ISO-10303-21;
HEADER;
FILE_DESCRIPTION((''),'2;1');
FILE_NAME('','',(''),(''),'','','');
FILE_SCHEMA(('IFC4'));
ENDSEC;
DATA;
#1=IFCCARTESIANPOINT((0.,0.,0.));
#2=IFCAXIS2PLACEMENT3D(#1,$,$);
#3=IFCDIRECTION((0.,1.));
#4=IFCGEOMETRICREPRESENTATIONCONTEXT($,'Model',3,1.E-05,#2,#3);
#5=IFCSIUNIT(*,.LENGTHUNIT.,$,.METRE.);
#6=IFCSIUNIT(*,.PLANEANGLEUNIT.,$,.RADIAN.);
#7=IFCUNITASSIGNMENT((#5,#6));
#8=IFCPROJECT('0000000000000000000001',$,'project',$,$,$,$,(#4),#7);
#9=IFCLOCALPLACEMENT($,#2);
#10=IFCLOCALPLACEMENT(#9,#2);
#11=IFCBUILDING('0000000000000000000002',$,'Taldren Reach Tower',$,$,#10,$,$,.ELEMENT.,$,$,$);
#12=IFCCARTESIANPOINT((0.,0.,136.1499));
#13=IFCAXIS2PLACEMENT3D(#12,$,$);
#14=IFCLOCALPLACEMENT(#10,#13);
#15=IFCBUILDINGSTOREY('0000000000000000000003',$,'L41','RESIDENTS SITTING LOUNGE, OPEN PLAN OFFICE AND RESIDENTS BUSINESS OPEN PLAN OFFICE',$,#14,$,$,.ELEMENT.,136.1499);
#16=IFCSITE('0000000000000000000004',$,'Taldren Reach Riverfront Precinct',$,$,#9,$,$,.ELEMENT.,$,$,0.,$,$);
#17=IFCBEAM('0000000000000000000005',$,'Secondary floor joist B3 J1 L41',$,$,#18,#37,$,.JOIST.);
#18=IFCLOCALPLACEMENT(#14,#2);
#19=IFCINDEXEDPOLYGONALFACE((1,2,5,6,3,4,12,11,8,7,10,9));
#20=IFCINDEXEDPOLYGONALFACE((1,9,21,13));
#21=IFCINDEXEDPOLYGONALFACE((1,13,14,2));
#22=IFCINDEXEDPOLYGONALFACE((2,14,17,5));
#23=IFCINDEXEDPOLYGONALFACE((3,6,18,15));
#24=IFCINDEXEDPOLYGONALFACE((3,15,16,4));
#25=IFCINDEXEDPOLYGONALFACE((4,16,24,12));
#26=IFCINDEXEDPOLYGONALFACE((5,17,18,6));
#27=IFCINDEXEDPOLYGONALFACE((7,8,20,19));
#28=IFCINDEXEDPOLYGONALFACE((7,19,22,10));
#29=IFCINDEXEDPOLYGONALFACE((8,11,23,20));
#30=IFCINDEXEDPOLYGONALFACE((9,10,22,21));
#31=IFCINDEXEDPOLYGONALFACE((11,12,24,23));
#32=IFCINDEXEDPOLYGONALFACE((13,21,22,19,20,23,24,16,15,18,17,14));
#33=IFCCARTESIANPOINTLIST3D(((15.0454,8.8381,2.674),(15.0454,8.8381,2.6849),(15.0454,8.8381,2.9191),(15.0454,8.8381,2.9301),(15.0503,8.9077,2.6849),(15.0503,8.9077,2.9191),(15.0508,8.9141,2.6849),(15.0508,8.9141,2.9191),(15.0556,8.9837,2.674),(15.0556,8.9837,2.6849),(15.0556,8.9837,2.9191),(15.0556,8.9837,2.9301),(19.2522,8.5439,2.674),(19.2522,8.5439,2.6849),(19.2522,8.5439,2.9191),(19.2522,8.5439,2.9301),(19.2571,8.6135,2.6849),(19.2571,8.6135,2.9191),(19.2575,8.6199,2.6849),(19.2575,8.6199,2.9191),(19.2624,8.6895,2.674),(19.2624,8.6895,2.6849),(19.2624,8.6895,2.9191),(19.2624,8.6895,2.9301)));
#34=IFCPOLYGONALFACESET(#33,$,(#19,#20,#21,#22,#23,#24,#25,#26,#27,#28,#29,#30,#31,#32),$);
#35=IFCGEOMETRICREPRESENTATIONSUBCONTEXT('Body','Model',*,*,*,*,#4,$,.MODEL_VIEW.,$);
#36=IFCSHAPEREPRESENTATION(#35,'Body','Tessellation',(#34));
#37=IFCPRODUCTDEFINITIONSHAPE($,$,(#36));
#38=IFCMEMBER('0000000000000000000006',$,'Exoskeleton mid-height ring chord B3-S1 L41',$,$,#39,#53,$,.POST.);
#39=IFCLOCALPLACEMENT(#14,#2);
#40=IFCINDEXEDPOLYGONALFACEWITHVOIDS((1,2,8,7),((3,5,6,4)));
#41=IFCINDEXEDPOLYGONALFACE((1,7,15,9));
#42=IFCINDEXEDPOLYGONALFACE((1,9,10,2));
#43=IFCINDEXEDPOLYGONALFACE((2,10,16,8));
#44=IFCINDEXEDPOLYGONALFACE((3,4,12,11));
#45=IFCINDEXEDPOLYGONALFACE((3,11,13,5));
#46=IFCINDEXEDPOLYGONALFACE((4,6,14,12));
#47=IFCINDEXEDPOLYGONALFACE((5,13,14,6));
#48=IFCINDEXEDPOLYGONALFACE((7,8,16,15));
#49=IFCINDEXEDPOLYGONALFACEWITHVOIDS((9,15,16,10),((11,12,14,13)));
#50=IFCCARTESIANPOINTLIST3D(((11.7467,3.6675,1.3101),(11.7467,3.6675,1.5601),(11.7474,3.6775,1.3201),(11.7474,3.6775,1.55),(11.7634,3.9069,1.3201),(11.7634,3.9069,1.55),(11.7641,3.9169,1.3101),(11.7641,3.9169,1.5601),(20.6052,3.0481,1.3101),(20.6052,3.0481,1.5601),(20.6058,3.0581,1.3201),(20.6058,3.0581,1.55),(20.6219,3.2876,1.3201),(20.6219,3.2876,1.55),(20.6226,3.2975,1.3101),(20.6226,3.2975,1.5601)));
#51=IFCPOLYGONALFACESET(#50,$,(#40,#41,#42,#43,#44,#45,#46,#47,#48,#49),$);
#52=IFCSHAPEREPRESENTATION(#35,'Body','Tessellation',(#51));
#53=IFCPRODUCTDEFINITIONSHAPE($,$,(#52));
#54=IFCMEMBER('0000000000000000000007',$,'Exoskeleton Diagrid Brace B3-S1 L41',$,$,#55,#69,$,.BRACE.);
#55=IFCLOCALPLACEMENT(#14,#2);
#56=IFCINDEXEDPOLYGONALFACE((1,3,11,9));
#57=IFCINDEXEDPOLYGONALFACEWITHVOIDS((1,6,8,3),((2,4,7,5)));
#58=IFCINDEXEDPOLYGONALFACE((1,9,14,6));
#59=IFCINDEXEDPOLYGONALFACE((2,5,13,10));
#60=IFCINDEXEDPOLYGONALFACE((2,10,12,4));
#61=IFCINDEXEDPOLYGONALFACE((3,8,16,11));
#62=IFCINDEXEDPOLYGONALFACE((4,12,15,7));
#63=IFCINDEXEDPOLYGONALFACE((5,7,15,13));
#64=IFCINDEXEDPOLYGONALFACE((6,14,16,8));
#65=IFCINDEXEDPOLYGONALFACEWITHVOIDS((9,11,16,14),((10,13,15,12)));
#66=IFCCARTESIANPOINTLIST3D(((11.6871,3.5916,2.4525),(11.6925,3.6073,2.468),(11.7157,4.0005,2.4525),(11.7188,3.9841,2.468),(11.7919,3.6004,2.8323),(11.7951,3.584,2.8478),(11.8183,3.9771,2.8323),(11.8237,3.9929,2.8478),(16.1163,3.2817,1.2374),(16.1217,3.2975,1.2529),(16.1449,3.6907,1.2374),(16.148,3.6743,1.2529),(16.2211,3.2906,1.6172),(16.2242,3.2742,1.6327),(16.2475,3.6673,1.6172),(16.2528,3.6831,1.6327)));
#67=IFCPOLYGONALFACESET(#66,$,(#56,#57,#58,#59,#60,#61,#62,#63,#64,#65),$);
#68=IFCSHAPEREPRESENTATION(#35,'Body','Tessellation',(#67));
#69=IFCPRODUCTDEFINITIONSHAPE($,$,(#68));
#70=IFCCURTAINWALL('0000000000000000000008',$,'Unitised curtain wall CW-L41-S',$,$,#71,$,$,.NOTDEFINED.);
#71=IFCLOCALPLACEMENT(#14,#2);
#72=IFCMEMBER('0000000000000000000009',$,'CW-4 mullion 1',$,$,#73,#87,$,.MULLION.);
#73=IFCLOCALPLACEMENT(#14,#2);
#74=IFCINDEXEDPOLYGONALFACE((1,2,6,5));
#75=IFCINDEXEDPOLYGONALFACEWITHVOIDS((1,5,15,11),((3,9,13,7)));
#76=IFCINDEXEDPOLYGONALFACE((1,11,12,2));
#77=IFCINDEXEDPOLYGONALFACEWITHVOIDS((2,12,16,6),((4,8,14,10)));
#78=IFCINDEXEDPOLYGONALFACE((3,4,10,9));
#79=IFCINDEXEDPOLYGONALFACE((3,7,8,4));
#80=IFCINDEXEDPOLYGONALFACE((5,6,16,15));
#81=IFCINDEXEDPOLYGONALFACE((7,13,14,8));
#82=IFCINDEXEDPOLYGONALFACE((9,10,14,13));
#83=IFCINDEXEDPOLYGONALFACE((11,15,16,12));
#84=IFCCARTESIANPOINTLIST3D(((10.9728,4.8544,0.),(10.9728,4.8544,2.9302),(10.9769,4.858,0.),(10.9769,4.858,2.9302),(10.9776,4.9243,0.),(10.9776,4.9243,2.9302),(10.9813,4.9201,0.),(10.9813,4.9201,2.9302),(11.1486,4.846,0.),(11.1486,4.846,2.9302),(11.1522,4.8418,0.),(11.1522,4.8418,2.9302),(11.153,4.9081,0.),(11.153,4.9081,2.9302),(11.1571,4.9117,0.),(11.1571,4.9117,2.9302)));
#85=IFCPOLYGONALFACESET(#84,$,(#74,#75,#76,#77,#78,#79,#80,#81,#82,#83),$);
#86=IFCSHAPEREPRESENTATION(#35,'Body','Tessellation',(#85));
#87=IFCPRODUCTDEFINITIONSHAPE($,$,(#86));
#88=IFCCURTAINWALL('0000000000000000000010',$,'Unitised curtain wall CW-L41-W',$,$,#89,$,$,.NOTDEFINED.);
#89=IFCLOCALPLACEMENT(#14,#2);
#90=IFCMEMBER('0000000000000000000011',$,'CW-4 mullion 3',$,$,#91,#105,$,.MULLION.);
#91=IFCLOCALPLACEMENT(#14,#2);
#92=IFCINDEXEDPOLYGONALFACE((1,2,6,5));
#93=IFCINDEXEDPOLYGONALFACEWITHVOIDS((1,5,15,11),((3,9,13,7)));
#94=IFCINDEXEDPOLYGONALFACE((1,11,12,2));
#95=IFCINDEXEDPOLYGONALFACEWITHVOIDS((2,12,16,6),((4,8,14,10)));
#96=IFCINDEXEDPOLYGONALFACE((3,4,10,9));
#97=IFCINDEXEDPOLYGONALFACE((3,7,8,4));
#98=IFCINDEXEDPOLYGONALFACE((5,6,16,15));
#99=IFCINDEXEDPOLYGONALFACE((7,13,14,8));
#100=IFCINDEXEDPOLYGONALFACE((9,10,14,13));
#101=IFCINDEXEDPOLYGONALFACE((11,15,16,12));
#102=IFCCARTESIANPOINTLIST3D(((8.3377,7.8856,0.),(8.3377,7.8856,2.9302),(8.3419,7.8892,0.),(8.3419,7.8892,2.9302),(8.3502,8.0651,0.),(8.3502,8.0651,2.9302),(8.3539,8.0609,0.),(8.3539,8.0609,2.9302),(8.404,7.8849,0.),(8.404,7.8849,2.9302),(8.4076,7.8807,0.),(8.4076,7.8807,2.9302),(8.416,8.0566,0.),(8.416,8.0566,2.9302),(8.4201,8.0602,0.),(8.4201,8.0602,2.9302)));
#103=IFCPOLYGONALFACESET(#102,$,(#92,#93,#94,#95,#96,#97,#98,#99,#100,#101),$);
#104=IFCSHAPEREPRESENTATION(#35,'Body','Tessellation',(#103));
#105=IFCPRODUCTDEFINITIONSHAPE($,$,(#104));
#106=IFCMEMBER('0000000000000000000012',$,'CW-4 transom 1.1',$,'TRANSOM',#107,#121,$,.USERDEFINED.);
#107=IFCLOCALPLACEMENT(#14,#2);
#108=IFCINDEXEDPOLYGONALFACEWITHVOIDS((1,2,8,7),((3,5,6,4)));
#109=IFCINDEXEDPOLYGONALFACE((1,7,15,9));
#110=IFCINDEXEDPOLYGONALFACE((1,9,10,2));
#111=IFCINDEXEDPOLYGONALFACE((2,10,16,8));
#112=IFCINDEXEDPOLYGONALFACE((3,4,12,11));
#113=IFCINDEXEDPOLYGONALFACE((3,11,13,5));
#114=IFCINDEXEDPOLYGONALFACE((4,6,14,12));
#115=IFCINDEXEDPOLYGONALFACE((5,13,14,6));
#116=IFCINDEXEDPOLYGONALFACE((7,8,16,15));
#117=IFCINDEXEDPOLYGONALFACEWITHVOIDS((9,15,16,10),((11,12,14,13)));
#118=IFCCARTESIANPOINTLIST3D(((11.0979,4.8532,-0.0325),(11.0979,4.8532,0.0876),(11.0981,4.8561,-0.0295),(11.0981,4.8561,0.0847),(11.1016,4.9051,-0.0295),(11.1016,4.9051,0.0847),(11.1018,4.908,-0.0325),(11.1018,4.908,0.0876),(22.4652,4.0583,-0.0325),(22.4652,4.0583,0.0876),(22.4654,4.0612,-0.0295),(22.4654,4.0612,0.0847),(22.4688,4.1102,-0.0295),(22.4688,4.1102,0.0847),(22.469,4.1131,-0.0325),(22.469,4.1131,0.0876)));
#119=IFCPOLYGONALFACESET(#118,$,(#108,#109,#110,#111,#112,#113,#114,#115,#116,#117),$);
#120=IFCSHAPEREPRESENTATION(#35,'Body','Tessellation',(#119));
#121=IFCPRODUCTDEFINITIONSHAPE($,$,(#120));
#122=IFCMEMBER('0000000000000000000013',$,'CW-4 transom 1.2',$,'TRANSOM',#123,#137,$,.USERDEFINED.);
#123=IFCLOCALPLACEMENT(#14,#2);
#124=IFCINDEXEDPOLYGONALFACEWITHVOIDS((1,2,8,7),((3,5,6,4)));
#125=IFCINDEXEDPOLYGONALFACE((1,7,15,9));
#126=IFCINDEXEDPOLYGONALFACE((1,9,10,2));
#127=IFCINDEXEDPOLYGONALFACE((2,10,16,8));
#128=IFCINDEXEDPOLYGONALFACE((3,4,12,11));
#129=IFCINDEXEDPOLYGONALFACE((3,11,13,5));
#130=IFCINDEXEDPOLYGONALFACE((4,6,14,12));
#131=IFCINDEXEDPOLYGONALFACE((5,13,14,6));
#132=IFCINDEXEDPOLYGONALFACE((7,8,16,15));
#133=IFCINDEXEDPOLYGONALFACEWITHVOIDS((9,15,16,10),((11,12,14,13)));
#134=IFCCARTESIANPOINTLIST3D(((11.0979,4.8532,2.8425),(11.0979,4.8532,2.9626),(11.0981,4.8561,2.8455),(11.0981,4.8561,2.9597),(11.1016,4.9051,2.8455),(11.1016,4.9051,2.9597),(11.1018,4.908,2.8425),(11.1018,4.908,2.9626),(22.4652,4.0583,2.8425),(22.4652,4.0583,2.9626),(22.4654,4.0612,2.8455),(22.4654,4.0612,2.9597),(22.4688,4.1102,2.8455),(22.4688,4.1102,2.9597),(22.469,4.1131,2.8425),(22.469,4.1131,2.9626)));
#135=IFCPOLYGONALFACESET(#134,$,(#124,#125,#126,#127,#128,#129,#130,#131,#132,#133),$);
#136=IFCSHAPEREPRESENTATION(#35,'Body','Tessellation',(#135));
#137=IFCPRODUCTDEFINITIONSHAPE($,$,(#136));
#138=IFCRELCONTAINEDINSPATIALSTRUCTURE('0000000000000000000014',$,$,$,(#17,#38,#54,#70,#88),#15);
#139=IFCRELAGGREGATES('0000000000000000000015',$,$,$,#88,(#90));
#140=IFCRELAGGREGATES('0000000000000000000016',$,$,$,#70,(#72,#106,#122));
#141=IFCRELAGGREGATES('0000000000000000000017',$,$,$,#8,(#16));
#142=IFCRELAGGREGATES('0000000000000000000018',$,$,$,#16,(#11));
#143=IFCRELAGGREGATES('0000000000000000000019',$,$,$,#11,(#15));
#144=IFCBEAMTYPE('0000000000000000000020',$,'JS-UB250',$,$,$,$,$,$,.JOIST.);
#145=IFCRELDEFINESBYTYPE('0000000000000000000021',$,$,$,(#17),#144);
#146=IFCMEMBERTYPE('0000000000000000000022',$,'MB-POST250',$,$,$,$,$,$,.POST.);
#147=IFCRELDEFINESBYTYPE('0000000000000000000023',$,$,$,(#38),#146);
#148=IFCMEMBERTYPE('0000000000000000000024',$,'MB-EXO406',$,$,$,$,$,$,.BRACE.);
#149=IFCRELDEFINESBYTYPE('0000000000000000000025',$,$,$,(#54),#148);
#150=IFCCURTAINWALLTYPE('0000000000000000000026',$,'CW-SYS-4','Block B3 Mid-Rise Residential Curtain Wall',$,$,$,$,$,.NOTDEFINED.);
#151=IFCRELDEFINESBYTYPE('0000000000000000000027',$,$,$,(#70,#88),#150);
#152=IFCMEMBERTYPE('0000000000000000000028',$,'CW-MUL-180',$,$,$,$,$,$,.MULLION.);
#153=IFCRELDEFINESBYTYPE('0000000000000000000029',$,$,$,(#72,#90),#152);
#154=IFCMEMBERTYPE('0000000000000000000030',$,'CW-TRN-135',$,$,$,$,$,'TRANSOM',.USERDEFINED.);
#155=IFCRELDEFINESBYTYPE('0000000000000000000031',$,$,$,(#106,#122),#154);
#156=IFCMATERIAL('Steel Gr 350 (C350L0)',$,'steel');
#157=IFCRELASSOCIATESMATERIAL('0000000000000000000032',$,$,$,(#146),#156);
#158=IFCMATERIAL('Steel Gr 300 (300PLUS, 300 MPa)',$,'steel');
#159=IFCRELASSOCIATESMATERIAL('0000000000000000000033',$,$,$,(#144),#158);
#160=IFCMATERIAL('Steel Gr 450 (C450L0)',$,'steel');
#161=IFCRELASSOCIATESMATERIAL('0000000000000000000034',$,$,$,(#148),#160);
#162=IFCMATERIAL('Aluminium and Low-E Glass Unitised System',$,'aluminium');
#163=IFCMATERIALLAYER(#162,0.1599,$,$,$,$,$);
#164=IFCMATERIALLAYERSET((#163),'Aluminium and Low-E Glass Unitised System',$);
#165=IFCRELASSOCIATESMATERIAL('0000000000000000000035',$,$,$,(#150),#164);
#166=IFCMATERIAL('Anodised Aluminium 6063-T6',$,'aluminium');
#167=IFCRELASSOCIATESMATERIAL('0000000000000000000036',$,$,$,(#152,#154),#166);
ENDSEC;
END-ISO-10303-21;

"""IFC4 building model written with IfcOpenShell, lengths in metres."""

from ifc_helpers import new_model, si_unit, direction, frame, origin, origin_2d, place, context, subcontext, project, spatial, hollow_rectangle, i_section, extrude, source, transform, mapped, material, layer, layer_set, material_profile, profile_set, type_object, element, aggregate, save


model = new_model("IFC4")

# Units and contexts
model_context = context("Model", 3, precision=1e-05, world=origin(), true_north=direction((0.0, 1.0)))
body_context = subcontext(model_context, "Body", "Model", "MODEL_VIEW")
ifc_project = project(units=[si_unit("LENGTHUNIT", "METRE"), si_unit("PLANEANGLEUNIT", "RADIAN")], contexts=[model_context])

# Site, building, storey
site_placement = place(None, origin())
site = spatial("IfcSite", under=ifc_project, at=site_placement, Name="Taldren Reach Riverfront Precinct", CompositionType="ELEMENT", RefElevation=0.0)
building_placement = place(site_placement, origin())
building = spatial("IfcBuilding", under=site, at=building_placement, Name="Taldren Reach Tower", CompositionType="ELEMENT")
storey_placement = place(building_placement, frame((0.0, 0.0, 136.1499)))
storey = spatial("IfcBuildingStorey", under=building, at=storey_placement, Name="L41", Description="RESIDENTS SITTING LOUNGE, OPEN PLAN OFFICE AND RESIDENTS BUSINESS OPEN PLAN OFFICE", CompositionType="ELEMENT", Elevation=136.1499)

# Shared definitions
ifc_material_1 = material(Name="Steel Gr 450 (C450L0)", Category="steel")

# Shared definitions
ifc_material_2 = material(Name="Steel Gr 350 (C350L0)", Category="steel")
ifc_material_profile_1 = material_profile(ifc_material_2, hollow_rectangle(XDim=0.25, YDim=0.25, WallThickness=0.01, at=origin_2d()), Name="250x250x10.0SHS")
ifc_profile_set_1 = profile_set([ifc_material_profile_1], Name="Steel Gr 350 (C350L0)")
member_type_1 = type_object("IfcMemberType", Name="MB-POST250", PredefinedType="POST", material=ifc_profile_set_1)

# Beam
ifc_material_3 = material(Name="Steel Gr 300 (300PLUS, 300 MPa)", Category="steel")
ifc_material_profile_2 = material_profile(ifc_material_3, i_section(OverallWidth=0.146, OverallDepth=0.2561, WebThickness=0.0063, FlangeThickness=0.011, at=origin_2d()), Name="250UB37.3")
ifc_profile_set_2 = profile_set([ifc_material_profile_2], Name="Steel Gr 300 (300PLUS, 300 MPa)")
beam_type_1 = type_object("IfcBeamType", Name="JS-UB250", PredefinedType="JOIST", material=ifc_profile_set_2)
shared_shape_1 = source(origin(), body_context, "Body", "SweptSolid", [
    extrude(i_section(OverallWidth=0.146, OverallDepth=0.2561, WebThickness=0.0063, FlangeThickness=0.011, at=origin_2d()), origin(), (0.0, 0.0, 1.0), 4.217),
])
beam_1_placement = place(storey_placement, frame((15.0505, 8.9109, 2.802), z_axis=(0.997564, -0.069762, 0.0), x_axis=(0.069762, 0.997564, 0.0)))
element("IfcBeam", 1, at=beam_1_placement, inside=storey, type_object=beam_type_1, Name="Secondary floor joist B3 J1 L41", PredefinedType="JOIST", context=body_context, shape_type="MappedRepresentation", body=[
    mapped(shared_shape_1, transform((0.0, 0.0, 0.0), scale=1.0)),
])

# Members
shared_shape_2 = source(origin(), body_context, "Body", "SweptSolid", [
    extrude(hollow_rectangle(XDim=0.25, YDim=0.25, WallThickness=0.01, at=origin_2d()), origin(), (0.0, 0.0, 1.0), 8.8801),
])
member_1_placement = place(storey_placement, frame((11.7554, 3.7922, 1.4351), z_axis=(0.997564, -0.06975, 0.0), x_axis=(0.06975, 0.997564, 0.0)))
element("IfcMember", 2, at=member_1_placement, inside=storey, type_object=member_type_1, Name="Exoskeleton mid-height ring chord B3-S1 L41", PredefinedType="POST", context=body_context, shape_type="MappedRepresentation", body=[
    mapped(shared_shape_2, transform((0.0, 0.0, 0.0), scale=1.0)),
])
ifc_material_profile_3 = material_profile(ifc_material_1, hollow_rectangle(XDim=0.4099, YDim=0.4099, WallThickness=0.0161, at=origin_2d()), Name="410x410x16.0SHS")
ifc_profile_set_3 = profile_set([ifc_material_profile_3], Name="Steel Gr 450 (C450L0)")
member_type_2 = type_object("IfcMemberType", Name="MB-EXO406", PredefinedType="BRACE", material=ifc_profile_set_3)
shared_shape_3 = source(origin(), body_context, "Body", "SweptSolid", [
    extrude(hollow_rectangle(XDim=0.4099, YDim=0.4099, WallThickness=0.0161, at=origin_2d()), origin(), (0.0, 0.0, 1.0), 4.6033),
])
member_2_placement = place(storey_placement, frame((16.1846, 3.4824, 1.4351), z_axis=(-0.962182, 0.067303, 0.263961), x_axis=(-0.069778, -0.997563, 0.0)))
element("IfcMember", 3, at=member_2_placement, inside=storey, type_object=member_type_2, Name="Exoskeleton Diagrid Brace B3-S1 L41", PredefinedType="BRACE", context=body_context, shape_type="MappedRepresentation", body=[
    mapped(shared_shape_3, transform((0.0, 0.0, 0.0), scale=1.0)),
])

# Curtain walls, members
ifc_material_4 = material(Name="Aluminium and Low-E Glass Unitised System", Category="aluminium")
ifc_layer_1 = layer(ifc_material_4, 0.1599)
ifc_layer_set_1 = layer_set([ifc_layer_1], Name="Aluminium and Low-E Glass Unitised System")
curtain_wall_type = type_object("IfcCurtainWallType", Name="CW-SYS-4", Description="Block B3 Mid-Rise Residential Curtain Wall", PredefinedType="NOTDEFINED", material=ifc_layer_set_1)
curtain_wall_1_placement = place(storey_placement, origin())
curtain_wall_1 = element("IfcCurtainWall", 4, at=curtain_wall_1_placement, inside=storey, type_object=curtain_wall_type, Name="Unitised curtain wall CW-L41-S", PredefinedType="NOTDEFINED")
ifc_material_5 = material(Name="Anodised Aluminium 6063-T6", Category="aluminium")
ifc_material_profile_4 = material_profile(ifc_material_5, hollow_rectangle(XDim=0.0701, YDim=0.1799, WallThickness=0.0039, at=origin_2d()), Name="ALU-180x70x4RHS")
ifc_profile_set_4 = profile_set([ifc_material_profile_4], Name="Anodised Aluminium 6063-T6")
member_type_3 = type_object("IfcMemberType", Name="CW-MUL-180", PredefinedType="MULLION", material=ifc_profile_set_4)
shared_shape_4 = source(origin(), body_context, "Body", "SweptSolid", [
    extrude(hollow_rectangle(XDim=0.0701, YDim=0.1799, WallThickness=0.0039, at=origin_2d()), origin(), (0.0, 0.0, 1.0), 2.9302),
])
member_3_placement = place(storey_placement, frame((11.0649, 4.8831, 0.0), z_axis=(0.0, 0.0, 1.0), x_axis=(0.069757, 0.997564, 0.0)))
member_3 = element("IfcMember", 5, at=member_3_placement, type_object=member_type_3, Name="CW-4 mullion 1", PredefinedType="MULLION", context=body_context, shape_type="MappedRepresentation", body=[
    mapped(shared_shape_4, transform((0.0, 0.0, 0.0), scale=1.0)),
])
curtain_wall_2_placement = place(storey_placement, origin())
curtain_wall_2 = element("IfcCurtainWall", 6, at=curtain_wall_2_placement, inside=storey, type_object=curtain_wall_type, Name="Unitised curtain wall CW-L41-W", PredefinedType="NOTDEFINED")
member_4_placement = place(storey_placement, frame((8.3789, 7.9729, 0.0), z_axis=(0.0, 0.0, 1.0), x_axis=(0.997564, -0.069756, 0.0)))
member_4 = element("IfcMember", 7, at=member_4_placement, type_object=member_type_3, Name="CW-4 mullion 3", PredefinedType="MULLION", context=body_context, shape_type="MappedRepresentation", body=[
    mapped(shared_shape_4, transform((0.0, 0.0, 0.0), scale=1.0)),
])
aggregate(curtain_wall_2, [member_4])

# Members
ifc_material_profile_5 = material_profile(ifc_material_5, hollow_rectangle(XDim=0.0549, YDim=0.1201, WallThickness=0.0029, at=origin_2d()), Name="ALU-120x55x3RHS")
ifc_profile_set_5 = profile_set([ifc_material_profile_5], Name="Anodised Aluminium 6063-T6")
member_type_4 = type_object("IfcMemberType", Name="CW-TRN-135", ElementType="TRANSOM", PredefinedType="USERDEFINED", material=ifc_profile_set_5)
shared_shape_5 = source(origin(), body_context, "Body", "SweptSolid", [
    extrude(hollow_rectangle(XDim=0.0549, YDim=0.1201, WallThickness=0.0029, at=origin_2d()), origin(), (0.0, 0.0, 1.0), 11.395),
])
member_5_placement = place(storey_placement, frame((11.0999, 4.8806, 0.0276), z_axis=(0.997564, -0.069761, 0.0), x_axis=(0.069761, 0.997564, 0.0)))
member_5 = element("IfcMember", 8, at=member_5_placement, type_object=member_type_4, Name="CW-4 transom 1.1", ObjectType="TRANSOM", PredefinedType="USERDEFINED", context=body_context, shape_type="MappedRepresentation", body=[
    mapped(shared_shape_5, transform((0.0, 0.0, 0.0), scale=1.0)),
])
member_6_placement = place(storey_placement, frame((11.0999, 4.8806, 2.9026), z_axis=(0.997564, -0.069761, 0.0), x_axis=(0.069761, 0.997564, 0.0)))
member_6 = element("IfcMember", 9, at=member_6_placement, type_object=member_type_4, Name="CW-4 transom 1.2", ObjectType="TRANSOM", PredefinedType="USERDEFINED", context=body_context, shape_type="MappedRepresentation", body=[
    mapped(shared_shape_5, transform((0.0, 0.0, 0.0), scale=1.0)),
])

aggregate(curtain_wall_1, [member_3, member_5, member_6])

save(model, "model.ifc")
